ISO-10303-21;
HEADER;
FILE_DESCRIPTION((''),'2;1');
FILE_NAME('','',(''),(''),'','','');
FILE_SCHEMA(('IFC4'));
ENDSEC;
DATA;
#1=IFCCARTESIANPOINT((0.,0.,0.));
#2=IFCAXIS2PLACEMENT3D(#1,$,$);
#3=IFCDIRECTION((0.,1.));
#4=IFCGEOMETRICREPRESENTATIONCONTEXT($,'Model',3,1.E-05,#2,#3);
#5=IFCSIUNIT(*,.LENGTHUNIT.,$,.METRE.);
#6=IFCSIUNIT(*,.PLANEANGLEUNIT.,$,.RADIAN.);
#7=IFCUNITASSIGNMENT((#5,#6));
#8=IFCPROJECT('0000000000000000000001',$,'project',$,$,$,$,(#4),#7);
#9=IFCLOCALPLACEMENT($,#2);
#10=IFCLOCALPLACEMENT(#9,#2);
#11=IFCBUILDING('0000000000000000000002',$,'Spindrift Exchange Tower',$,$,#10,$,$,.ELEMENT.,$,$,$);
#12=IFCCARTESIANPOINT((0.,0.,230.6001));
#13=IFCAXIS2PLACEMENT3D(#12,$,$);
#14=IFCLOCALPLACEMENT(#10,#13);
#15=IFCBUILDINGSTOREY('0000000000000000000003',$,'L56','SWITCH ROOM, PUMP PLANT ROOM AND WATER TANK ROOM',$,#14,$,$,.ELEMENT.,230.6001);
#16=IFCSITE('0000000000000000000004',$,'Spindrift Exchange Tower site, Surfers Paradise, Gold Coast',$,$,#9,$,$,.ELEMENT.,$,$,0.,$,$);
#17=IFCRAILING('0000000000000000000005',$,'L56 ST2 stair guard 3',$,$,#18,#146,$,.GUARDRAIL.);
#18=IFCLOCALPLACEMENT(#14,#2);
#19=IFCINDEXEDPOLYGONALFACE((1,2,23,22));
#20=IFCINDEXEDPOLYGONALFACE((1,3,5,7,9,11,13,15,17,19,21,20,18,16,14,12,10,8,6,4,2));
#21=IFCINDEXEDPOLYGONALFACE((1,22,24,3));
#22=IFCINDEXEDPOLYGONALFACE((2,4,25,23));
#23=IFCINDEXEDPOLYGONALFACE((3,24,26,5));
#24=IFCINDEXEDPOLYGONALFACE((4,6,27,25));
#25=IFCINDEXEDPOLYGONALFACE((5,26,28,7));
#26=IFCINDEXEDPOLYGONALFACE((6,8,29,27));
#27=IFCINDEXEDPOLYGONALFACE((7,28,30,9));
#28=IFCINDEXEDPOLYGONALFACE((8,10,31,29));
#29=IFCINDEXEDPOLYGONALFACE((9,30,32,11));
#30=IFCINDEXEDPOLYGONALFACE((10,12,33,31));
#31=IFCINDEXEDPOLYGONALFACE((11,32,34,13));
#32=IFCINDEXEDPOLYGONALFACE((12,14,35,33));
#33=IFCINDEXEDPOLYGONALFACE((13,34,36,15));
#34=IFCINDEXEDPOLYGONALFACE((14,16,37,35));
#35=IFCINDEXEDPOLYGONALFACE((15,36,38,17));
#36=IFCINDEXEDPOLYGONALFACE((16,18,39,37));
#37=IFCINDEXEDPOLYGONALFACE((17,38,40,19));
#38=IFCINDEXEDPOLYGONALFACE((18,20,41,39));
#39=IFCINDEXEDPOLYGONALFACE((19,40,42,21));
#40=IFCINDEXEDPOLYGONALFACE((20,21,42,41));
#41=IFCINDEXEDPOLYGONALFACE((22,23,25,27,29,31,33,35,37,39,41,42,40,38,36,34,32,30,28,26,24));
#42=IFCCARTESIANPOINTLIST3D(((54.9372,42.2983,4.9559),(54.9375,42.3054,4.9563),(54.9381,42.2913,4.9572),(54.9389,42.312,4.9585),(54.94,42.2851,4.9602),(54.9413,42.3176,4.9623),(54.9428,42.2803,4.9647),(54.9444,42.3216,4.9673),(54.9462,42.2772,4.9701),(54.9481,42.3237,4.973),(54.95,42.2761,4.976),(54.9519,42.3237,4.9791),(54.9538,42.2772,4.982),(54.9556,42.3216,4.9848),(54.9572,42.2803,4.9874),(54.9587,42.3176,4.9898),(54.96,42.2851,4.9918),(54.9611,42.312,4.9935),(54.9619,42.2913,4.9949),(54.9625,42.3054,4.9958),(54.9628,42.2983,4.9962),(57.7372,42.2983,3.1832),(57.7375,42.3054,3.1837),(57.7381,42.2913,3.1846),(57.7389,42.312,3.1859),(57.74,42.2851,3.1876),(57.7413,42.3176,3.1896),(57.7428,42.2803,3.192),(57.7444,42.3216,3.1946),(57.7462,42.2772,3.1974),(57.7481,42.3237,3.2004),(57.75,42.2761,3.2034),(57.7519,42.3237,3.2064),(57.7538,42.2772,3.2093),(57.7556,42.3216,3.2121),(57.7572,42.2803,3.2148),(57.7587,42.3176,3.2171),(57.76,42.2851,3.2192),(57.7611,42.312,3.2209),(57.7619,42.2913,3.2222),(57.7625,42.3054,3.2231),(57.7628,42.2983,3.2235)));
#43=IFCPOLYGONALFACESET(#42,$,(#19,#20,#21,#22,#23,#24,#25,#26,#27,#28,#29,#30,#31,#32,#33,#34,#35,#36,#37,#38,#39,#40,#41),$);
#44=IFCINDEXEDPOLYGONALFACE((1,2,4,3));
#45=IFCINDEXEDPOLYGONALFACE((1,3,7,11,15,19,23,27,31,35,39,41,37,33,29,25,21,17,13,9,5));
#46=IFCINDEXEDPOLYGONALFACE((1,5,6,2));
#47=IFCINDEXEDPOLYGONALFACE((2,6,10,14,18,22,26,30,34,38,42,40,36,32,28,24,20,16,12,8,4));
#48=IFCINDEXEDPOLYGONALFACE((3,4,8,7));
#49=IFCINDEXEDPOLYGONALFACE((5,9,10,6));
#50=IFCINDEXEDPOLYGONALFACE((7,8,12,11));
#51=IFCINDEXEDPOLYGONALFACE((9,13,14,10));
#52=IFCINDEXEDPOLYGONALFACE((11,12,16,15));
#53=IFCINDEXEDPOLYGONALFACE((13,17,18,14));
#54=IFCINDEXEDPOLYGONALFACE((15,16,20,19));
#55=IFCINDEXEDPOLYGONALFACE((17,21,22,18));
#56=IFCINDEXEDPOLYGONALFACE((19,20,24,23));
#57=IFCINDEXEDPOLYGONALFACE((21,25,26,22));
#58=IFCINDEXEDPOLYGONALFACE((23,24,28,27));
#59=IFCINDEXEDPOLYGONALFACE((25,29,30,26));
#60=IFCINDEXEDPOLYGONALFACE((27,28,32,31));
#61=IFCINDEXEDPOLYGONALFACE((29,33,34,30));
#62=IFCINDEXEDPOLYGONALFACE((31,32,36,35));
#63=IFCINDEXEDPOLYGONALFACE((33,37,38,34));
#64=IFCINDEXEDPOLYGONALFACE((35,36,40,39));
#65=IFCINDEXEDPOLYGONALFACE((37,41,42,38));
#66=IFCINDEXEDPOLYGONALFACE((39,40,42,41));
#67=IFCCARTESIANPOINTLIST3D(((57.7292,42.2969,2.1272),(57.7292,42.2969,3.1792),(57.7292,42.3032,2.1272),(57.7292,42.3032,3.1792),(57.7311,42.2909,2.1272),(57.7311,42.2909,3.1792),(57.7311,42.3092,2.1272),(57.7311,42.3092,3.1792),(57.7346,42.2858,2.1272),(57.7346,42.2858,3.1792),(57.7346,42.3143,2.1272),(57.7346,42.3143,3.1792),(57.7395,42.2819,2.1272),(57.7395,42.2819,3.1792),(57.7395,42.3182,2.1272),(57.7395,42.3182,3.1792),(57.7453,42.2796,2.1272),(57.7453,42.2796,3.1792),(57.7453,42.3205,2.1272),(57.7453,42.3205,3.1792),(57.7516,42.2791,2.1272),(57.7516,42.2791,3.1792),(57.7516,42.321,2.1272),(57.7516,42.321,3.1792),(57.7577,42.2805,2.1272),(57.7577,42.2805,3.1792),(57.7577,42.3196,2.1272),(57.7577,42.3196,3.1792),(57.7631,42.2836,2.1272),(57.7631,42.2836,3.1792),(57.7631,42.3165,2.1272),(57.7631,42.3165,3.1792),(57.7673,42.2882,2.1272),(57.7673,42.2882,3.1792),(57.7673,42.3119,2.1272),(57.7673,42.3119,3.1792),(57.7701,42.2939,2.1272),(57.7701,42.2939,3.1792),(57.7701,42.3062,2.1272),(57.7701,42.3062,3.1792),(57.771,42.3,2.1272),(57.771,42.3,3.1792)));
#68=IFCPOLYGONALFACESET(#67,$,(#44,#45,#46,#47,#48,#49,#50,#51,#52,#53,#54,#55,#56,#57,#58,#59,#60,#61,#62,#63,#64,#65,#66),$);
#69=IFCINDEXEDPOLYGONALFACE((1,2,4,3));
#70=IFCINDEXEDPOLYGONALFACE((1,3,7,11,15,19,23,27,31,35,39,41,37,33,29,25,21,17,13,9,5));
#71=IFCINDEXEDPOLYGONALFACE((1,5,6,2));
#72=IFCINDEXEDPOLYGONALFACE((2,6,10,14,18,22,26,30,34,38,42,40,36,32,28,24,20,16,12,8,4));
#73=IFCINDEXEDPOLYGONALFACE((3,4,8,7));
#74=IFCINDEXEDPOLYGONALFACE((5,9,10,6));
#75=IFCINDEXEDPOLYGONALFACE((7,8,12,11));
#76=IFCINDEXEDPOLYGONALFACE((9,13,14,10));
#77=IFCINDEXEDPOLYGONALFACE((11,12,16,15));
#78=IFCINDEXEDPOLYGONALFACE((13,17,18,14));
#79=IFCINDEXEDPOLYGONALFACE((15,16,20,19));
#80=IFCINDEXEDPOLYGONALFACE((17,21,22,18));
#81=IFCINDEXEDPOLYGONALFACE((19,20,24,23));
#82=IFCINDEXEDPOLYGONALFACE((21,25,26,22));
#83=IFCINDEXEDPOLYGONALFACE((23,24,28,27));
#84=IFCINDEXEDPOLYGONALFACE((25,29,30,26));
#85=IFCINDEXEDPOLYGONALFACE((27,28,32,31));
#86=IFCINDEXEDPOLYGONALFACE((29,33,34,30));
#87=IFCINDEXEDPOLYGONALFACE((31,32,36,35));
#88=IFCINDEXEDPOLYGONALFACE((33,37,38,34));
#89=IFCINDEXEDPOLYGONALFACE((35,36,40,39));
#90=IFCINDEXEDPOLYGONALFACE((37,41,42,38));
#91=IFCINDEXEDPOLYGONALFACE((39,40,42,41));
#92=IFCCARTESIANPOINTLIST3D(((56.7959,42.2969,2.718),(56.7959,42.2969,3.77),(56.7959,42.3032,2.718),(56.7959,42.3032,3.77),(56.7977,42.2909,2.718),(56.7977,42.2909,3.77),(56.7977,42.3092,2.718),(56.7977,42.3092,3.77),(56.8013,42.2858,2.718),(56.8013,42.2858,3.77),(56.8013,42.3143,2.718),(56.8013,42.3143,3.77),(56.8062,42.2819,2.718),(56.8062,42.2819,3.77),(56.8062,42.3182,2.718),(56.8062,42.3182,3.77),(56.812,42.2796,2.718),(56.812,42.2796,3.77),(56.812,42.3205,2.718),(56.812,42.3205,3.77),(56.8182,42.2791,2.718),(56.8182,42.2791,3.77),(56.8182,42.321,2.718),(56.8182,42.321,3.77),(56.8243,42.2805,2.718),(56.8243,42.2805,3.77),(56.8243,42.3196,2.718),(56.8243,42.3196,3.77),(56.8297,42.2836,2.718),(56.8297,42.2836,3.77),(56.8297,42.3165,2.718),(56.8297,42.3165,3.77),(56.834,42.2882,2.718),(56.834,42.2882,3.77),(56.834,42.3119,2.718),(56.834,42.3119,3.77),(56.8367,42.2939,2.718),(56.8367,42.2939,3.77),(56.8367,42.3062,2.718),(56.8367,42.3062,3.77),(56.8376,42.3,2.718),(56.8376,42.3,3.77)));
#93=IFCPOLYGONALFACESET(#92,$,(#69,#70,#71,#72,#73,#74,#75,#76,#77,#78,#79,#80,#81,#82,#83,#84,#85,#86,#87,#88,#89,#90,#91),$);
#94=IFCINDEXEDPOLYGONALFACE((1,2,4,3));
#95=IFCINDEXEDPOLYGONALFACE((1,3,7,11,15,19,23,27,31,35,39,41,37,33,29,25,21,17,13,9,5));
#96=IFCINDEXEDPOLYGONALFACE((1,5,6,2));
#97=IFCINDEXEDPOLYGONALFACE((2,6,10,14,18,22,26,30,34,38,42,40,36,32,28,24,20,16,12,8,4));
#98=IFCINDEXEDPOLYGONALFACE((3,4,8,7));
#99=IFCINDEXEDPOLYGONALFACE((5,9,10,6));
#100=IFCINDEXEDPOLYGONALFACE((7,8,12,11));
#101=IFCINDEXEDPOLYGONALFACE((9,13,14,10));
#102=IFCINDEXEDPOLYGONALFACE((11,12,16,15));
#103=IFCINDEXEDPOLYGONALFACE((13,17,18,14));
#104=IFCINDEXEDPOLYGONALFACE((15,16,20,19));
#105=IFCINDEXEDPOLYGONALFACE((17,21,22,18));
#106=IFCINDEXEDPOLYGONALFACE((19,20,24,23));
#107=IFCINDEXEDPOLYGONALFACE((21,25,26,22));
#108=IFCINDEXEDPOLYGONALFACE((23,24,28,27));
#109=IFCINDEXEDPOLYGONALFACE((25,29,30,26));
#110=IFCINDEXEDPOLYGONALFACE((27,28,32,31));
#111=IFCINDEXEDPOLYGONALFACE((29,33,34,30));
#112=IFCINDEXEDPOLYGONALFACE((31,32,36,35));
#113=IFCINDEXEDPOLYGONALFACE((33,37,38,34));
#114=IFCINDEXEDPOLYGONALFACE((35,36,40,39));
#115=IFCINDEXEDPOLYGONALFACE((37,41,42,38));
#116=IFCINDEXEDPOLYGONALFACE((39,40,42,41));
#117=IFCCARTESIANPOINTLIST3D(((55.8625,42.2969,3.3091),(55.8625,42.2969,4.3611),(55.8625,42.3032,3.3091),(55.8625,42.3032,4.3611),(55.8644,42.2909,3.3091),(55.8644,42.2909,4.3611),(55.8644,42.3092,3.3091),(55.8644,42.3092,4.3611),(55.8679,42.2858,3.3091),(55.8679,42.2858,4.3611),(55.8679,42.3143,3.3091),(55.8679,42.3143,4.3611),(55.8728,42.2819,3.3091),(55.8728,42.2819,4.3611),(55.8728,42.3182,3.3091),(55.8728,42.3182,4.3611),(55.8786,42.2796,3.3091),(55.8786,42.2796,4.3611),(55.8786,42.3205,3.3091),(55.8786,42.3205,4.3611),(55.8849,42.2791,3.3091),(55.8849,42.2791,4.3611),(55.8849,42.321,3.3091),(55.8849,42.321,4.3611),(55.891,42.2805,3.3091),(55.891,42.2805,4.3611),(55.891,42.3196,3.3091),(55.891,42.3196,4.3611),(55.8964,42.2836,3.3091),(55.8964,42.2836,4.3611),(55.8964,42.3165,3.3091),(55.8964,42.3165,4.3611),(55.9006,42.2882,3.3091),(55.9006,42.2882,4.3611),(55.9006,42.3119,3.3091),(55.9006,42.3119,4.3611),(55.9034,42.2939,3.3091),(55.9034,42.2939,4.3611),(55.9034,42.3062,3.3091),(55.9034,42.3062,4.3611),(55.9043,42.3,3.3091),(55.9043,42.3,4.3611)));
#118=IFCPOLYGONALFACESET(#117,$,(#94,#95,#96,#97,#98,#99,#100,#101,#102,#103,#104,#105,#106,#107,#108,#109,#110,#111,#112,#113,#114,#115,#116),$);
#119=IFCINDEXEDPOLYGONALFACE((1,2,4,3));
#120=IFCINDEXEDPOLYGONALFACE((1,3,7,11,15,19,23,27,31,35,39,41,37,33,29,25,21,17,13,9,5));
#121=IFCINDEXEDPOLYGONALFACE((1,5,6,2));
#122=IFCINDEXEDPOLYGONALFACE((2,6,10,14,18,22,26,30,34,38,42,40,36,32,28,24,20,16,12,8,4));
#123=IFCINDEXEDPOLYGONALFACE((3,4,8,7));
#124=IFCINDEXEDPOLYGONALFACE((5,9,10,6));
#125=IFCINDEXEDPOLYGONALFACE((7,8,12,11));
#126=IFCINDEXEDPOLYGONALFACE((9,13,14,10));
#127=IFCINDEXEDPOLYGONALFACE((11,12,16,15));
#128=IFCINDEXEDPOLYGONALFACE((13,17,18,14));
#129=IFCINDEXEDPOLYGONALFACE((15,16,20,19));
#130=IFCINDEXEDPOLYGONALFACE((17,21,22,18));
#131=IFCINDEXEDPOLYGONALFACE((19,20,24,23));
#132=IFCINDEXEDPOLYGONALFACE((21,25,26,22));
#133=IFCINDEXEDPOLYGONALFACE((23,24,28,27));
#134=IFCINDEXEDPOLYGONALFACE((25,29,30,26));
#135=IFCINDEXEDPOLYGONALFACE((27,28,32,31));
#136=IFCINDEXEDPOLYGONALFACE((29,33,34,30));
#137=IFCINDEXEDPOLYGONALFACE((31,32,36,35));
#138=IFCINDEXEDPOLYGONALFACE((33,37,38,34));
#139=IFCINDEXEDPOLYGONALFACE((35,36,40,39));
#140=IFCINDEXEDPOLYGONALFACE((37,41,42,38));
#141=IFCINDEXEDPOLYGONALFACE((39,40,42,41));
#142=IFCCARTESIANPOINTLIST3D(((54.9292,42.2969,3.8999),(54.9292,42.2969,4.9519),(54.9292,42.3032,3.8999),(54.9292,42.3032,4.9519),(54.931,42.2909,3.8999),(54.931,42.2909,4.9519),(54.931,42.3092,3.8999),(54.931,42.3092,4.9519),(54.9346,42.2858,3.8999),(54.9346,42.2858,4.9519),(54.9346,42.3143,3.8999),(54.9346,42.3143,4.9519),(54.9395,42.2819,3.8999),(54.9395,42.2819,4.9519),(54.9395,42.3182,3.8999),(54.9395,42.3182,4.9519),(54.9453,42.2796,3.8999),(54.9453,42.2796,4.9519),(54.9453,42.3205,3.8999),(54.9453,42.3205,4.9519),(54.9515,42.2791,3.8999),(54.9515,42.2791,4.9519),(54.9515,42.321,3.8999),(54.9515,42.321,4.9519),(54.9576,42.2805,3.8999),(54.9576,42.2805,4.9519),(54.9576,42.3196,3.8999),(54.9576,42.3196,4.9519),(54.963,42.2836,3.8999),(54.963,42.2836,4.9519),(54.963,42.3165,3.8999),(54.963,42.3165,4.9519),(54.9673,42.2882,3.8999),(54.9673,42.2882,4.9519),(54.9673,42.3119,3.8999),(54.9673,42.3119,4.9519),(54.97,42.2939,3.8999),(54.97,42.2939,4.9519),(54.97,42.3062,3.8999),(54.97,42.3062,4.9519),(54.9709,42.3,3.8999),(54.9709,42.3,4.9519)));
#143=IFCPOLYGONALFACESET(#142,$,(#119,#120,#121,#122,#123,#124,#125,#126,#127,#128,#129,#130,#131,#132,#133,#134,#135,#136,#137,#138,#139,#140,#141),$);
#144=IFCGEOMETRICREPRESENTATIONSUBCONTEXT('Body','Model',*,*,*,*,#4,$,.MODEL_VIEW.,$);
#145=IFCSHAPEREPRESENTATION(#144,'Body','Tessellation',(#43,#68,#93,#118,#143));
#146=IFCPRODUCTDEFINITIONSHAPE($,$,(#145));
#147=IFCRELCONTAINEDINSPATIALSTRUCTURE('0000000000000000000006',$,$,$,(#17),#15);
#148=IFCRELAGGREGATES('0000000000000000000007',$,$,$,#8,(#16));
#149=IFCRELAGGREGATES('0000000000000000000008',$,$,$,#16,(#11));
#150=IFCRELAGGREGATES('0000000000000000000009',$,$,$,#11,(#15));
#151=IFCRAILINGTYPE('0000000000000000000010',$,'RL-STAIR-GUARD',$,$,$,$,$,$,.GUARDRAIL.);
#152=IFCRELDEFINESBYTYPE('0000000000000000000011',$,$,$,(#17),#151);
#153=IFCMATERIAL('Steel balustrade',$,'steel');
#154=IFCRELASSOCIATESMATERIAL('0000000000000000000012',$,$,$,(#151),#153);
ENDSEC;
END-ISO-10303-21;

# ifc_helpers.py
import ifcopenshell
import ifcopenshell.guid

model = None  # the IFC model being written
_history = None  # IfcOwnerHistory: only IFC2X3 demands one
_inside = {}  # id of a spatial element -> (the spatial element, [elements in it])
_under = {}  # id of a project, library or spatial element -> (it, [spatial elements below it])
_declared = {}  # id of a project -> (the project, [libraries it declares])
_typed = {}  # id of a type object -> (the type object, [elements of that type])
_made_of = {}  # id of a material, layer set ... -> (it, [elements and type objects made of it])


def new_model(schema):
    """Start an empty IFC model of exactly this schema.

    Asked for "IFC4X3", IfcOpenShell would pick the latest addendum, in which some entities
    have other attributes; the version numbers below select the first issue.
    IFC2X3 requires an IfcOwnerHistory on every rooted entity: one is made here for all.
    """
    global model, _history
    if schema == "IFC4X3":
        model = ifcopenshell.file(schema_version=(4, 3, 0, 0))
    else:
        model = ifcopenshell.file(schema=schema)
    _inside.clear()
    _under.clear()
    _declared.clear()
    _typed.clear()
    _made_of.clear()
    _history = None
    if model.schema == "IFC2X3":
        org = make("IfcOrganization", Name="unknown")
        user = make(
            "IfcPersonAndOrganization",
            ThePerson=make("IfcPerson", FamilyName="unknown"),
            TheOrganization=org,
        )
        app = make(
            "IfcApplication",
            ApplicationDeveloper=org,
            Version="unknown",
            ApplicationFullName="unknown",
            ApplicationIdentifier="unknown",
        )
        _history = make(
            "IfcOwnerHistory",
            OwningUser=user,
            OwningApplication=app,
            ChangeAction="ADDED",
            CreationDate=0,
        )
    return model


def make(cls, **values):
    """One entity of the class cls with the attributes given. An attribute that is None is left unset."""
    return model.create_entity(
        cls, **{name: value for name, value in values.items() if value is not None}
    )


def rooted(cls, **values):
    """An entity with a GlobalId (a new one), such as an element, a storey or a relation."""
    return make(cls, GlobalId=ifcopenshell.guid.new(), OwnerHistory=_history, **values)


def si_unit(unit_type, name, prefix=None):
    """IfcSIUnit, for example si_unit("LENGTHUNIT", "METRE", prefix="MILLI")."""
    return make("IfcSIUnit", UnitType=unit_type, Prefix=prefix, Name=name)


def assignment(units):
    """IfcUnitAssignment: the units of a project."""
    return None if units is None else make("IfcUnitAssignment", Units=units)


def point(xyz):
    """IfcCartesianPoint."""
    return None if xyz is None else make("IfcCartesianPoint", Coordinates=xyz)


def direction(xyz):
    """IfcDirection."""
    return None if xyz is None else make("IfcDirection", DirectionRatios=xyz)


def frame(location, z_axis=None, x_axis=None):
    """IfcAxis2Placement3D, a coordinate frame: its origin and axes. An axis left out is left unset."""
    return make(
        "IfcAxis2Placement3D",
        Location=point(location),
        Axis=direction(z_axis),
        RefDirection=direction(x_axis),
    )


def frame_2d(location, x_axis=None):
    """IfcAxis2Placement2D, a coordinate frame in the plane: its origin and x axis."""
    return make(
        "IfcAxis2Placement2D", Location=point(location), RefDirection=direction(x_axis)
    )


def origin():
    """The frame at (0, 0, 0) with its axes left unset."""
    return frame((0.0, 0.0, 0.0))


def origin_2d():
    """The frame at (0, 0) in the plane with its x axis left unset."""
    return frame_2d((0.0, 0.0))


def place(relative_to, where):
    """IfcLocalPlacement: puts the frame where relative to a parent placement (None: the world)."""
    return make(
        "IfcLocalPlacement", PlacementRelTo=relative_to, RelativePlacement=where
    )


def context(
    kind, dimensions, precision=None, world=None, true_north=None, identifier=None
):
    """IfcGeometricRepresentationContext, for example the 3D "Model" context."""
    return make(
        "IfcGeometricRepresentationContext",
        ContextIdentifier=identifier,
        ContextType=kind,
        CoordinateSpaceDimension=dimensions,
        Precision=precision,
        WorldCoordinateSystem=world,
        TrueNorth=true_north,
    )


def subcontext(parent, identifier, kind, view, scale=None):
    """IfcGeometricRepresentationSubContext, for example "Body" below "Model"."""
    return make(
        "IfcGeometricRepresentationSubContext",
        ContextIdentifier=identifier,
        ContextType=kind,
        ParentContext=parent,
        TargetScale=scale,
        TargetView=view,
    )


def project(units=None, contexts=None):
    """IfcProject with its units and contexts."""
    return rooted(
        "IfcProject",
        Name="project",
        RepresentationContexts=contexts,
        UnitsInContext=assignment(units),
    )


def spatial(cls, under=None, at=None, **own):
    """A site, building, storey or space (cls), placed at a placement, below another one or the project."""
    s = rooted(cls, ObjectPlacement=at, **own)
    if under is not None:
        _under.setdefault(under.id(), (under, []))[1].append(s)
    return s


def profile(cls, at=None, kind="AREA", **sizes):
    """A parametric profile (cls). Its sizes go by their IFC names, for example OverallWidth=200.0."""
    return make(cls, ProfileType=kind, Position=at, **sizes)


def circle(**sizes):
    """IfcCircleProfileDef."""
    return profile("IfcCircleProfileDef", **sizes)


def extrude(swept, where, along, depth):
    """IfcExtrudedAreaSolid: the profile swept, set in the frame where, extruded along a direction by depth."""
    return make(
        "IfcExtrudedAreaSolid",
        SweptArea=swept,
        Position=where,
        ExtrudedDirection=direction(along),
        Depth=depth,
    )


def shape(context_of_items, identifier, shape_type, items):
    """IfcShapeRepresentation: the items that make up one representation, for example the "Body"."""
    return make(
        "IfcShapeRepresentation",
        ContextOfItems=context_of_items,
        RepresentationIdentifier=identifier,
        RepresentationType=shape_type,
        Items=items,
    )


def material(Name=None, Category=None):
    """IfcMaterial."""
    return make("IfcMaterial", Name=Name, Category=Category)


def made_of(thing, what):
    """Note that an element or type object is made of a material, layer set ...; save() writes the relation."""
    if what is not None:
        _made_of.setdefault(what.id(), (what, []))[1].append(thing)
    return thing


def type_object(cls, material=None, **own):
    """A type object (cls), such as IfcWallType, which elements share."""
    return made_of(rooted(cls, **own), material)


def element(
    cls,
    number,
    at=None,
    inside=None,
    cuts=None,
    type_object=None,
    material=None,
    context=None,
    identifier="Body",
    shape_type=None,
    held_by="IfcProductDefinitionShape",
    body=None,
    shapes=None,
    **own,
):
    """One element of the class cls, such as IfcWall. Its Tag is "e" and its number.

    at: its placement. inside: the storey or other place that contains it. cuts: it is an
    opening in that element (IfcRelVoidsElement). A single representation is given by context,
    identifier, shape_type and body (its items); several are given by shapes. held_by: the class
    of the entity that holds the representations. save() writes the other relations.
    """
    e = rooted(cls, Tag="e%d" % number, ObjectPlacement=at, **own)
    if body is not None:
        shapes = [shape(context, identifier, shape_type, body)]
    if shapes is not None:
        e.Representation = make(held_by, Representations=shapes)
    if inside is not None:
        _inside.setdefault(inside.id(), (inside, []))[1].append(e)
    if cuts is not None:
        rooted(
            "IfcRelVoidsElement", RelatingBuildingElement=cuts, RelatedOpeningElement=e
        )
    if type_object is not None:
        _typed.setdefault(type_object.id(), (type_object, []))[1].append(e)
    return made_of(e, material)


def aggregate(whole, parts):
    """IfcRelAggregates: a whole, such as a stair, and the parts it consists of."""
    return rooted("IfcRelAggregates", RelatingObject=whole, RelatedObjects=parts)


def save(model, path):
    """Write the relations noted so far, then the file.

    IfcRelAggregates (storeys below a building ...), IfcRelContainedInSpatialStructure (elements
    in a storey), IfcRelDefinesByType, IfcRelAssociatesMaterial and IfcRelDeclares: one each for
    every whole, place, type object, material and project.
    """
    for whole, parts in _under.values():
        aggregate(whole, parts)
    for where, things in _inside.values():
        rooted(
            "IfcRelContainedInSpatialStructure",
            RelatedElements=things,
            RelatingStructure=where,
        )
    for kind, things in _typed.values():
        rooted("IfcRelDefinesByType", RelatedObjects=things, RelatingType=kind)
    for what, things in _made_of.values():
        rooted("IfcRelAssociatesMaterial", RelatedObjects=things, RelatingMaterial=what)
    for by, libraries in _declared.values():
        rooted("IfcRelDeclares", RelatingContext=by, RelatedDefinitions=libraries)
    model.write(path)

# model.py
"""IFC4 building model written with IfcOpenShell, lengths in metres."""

from ifc_helpers import new_model, si_unit, direction, frame, origin, origin_2d, place, context, subcontext, project, spatial, circle, extrude, material, type_object, element, save


model = new_model("IFC4")

# Units and contexts
model_context = context("Model", 3, precision=1e-05, world=origin(), true_north=direction((0.0, 1.0)))
body_context = subcontext(model_context, "Body", "Model", "MODEL_VIEW")
ifc_project = project(units=[si_unit("LENGTHUNIT", "METRE"), si_unit("PLANEANGLEUNIT", "RADIAN")], contexts=[model_context])

# Site, building, storey
site_placement = place(None, origin())
site = spatial("IfcSite", under=ifc_project, at=site_placement, Name="Spindrift Exchange Tower site, Surfers Paradise, Gold Coast", CompositionType="ELEMENT", RefElevation=0.0)
building_placement = place(site_placement, origin())
building = spatial("IfcBuilding", under=site, at=building_placement, Name="Spindrift Exchange Tower", CompositionType="ELEMENT")
storey_placement = place(building_placement, frame((0.0, 0.0, 230.6001)))
storey = spatial("IfcBuildingStorey", under=building, at=storey_placement, Name="L56", Description="SWITCH ROOM, PUMP PLANT ROOM AND WATER TANK ROOM", CompositionType="ELEMENT", Elevation=230.6001)

# Railing
ifc_material_1 = material(Name="Steel balustrade", Category="steel")
railing_type_1 = type_object("IfcRailingType", Name="RL-STAIR-GUARD", PredefinedType="GUARDRAIL", material=ifc_material_1)
railing_1_placement = place(storey_placement, frame((57.75, 42.3, 2.1272)))
element("IfcRailing", 1, at=railing_1_placement, inside=storey, type_object=railing_type_1, Name="L56 ST2 stair guard 3", PredefinedType="GUARDRAIL", context=body_context, shape_type="SweptSolid", body=[
    extrude(circle(Radius=0.0239, at=origin_2d()), frame((0.0, 0.0, 1.0762), z_axis=(-0.844909, 0.0, 0.53491), x_axis=(0.0, -1.0, 0.0)), (0.0, 0.0, 1.0), 3.314),
    extrude(circle(Radius=0.021, at=origin_2d()), origin(), (0.0, 0.0, 1.0), 1.052),
    extrude(circle(Radius=0.021, at=origin_2d()), frame((-0.9333, 0.0, 0.5908)), (0.0, 0.0, 1.0), 1.052),
    extrude(circle(Radius=0.021, at=origin_2d()), frame((-1.8667, 0.0, 1.1819)), (0.0, 0.0, 1.0), 1.052),
    extrude(circle(Radius=0.021, at=origin_2d()), frame((-2.8, 0.0, 1.7727)), (0.0, 0.0, 1.0), 1.052),
])

save(model, "model.ifc")
